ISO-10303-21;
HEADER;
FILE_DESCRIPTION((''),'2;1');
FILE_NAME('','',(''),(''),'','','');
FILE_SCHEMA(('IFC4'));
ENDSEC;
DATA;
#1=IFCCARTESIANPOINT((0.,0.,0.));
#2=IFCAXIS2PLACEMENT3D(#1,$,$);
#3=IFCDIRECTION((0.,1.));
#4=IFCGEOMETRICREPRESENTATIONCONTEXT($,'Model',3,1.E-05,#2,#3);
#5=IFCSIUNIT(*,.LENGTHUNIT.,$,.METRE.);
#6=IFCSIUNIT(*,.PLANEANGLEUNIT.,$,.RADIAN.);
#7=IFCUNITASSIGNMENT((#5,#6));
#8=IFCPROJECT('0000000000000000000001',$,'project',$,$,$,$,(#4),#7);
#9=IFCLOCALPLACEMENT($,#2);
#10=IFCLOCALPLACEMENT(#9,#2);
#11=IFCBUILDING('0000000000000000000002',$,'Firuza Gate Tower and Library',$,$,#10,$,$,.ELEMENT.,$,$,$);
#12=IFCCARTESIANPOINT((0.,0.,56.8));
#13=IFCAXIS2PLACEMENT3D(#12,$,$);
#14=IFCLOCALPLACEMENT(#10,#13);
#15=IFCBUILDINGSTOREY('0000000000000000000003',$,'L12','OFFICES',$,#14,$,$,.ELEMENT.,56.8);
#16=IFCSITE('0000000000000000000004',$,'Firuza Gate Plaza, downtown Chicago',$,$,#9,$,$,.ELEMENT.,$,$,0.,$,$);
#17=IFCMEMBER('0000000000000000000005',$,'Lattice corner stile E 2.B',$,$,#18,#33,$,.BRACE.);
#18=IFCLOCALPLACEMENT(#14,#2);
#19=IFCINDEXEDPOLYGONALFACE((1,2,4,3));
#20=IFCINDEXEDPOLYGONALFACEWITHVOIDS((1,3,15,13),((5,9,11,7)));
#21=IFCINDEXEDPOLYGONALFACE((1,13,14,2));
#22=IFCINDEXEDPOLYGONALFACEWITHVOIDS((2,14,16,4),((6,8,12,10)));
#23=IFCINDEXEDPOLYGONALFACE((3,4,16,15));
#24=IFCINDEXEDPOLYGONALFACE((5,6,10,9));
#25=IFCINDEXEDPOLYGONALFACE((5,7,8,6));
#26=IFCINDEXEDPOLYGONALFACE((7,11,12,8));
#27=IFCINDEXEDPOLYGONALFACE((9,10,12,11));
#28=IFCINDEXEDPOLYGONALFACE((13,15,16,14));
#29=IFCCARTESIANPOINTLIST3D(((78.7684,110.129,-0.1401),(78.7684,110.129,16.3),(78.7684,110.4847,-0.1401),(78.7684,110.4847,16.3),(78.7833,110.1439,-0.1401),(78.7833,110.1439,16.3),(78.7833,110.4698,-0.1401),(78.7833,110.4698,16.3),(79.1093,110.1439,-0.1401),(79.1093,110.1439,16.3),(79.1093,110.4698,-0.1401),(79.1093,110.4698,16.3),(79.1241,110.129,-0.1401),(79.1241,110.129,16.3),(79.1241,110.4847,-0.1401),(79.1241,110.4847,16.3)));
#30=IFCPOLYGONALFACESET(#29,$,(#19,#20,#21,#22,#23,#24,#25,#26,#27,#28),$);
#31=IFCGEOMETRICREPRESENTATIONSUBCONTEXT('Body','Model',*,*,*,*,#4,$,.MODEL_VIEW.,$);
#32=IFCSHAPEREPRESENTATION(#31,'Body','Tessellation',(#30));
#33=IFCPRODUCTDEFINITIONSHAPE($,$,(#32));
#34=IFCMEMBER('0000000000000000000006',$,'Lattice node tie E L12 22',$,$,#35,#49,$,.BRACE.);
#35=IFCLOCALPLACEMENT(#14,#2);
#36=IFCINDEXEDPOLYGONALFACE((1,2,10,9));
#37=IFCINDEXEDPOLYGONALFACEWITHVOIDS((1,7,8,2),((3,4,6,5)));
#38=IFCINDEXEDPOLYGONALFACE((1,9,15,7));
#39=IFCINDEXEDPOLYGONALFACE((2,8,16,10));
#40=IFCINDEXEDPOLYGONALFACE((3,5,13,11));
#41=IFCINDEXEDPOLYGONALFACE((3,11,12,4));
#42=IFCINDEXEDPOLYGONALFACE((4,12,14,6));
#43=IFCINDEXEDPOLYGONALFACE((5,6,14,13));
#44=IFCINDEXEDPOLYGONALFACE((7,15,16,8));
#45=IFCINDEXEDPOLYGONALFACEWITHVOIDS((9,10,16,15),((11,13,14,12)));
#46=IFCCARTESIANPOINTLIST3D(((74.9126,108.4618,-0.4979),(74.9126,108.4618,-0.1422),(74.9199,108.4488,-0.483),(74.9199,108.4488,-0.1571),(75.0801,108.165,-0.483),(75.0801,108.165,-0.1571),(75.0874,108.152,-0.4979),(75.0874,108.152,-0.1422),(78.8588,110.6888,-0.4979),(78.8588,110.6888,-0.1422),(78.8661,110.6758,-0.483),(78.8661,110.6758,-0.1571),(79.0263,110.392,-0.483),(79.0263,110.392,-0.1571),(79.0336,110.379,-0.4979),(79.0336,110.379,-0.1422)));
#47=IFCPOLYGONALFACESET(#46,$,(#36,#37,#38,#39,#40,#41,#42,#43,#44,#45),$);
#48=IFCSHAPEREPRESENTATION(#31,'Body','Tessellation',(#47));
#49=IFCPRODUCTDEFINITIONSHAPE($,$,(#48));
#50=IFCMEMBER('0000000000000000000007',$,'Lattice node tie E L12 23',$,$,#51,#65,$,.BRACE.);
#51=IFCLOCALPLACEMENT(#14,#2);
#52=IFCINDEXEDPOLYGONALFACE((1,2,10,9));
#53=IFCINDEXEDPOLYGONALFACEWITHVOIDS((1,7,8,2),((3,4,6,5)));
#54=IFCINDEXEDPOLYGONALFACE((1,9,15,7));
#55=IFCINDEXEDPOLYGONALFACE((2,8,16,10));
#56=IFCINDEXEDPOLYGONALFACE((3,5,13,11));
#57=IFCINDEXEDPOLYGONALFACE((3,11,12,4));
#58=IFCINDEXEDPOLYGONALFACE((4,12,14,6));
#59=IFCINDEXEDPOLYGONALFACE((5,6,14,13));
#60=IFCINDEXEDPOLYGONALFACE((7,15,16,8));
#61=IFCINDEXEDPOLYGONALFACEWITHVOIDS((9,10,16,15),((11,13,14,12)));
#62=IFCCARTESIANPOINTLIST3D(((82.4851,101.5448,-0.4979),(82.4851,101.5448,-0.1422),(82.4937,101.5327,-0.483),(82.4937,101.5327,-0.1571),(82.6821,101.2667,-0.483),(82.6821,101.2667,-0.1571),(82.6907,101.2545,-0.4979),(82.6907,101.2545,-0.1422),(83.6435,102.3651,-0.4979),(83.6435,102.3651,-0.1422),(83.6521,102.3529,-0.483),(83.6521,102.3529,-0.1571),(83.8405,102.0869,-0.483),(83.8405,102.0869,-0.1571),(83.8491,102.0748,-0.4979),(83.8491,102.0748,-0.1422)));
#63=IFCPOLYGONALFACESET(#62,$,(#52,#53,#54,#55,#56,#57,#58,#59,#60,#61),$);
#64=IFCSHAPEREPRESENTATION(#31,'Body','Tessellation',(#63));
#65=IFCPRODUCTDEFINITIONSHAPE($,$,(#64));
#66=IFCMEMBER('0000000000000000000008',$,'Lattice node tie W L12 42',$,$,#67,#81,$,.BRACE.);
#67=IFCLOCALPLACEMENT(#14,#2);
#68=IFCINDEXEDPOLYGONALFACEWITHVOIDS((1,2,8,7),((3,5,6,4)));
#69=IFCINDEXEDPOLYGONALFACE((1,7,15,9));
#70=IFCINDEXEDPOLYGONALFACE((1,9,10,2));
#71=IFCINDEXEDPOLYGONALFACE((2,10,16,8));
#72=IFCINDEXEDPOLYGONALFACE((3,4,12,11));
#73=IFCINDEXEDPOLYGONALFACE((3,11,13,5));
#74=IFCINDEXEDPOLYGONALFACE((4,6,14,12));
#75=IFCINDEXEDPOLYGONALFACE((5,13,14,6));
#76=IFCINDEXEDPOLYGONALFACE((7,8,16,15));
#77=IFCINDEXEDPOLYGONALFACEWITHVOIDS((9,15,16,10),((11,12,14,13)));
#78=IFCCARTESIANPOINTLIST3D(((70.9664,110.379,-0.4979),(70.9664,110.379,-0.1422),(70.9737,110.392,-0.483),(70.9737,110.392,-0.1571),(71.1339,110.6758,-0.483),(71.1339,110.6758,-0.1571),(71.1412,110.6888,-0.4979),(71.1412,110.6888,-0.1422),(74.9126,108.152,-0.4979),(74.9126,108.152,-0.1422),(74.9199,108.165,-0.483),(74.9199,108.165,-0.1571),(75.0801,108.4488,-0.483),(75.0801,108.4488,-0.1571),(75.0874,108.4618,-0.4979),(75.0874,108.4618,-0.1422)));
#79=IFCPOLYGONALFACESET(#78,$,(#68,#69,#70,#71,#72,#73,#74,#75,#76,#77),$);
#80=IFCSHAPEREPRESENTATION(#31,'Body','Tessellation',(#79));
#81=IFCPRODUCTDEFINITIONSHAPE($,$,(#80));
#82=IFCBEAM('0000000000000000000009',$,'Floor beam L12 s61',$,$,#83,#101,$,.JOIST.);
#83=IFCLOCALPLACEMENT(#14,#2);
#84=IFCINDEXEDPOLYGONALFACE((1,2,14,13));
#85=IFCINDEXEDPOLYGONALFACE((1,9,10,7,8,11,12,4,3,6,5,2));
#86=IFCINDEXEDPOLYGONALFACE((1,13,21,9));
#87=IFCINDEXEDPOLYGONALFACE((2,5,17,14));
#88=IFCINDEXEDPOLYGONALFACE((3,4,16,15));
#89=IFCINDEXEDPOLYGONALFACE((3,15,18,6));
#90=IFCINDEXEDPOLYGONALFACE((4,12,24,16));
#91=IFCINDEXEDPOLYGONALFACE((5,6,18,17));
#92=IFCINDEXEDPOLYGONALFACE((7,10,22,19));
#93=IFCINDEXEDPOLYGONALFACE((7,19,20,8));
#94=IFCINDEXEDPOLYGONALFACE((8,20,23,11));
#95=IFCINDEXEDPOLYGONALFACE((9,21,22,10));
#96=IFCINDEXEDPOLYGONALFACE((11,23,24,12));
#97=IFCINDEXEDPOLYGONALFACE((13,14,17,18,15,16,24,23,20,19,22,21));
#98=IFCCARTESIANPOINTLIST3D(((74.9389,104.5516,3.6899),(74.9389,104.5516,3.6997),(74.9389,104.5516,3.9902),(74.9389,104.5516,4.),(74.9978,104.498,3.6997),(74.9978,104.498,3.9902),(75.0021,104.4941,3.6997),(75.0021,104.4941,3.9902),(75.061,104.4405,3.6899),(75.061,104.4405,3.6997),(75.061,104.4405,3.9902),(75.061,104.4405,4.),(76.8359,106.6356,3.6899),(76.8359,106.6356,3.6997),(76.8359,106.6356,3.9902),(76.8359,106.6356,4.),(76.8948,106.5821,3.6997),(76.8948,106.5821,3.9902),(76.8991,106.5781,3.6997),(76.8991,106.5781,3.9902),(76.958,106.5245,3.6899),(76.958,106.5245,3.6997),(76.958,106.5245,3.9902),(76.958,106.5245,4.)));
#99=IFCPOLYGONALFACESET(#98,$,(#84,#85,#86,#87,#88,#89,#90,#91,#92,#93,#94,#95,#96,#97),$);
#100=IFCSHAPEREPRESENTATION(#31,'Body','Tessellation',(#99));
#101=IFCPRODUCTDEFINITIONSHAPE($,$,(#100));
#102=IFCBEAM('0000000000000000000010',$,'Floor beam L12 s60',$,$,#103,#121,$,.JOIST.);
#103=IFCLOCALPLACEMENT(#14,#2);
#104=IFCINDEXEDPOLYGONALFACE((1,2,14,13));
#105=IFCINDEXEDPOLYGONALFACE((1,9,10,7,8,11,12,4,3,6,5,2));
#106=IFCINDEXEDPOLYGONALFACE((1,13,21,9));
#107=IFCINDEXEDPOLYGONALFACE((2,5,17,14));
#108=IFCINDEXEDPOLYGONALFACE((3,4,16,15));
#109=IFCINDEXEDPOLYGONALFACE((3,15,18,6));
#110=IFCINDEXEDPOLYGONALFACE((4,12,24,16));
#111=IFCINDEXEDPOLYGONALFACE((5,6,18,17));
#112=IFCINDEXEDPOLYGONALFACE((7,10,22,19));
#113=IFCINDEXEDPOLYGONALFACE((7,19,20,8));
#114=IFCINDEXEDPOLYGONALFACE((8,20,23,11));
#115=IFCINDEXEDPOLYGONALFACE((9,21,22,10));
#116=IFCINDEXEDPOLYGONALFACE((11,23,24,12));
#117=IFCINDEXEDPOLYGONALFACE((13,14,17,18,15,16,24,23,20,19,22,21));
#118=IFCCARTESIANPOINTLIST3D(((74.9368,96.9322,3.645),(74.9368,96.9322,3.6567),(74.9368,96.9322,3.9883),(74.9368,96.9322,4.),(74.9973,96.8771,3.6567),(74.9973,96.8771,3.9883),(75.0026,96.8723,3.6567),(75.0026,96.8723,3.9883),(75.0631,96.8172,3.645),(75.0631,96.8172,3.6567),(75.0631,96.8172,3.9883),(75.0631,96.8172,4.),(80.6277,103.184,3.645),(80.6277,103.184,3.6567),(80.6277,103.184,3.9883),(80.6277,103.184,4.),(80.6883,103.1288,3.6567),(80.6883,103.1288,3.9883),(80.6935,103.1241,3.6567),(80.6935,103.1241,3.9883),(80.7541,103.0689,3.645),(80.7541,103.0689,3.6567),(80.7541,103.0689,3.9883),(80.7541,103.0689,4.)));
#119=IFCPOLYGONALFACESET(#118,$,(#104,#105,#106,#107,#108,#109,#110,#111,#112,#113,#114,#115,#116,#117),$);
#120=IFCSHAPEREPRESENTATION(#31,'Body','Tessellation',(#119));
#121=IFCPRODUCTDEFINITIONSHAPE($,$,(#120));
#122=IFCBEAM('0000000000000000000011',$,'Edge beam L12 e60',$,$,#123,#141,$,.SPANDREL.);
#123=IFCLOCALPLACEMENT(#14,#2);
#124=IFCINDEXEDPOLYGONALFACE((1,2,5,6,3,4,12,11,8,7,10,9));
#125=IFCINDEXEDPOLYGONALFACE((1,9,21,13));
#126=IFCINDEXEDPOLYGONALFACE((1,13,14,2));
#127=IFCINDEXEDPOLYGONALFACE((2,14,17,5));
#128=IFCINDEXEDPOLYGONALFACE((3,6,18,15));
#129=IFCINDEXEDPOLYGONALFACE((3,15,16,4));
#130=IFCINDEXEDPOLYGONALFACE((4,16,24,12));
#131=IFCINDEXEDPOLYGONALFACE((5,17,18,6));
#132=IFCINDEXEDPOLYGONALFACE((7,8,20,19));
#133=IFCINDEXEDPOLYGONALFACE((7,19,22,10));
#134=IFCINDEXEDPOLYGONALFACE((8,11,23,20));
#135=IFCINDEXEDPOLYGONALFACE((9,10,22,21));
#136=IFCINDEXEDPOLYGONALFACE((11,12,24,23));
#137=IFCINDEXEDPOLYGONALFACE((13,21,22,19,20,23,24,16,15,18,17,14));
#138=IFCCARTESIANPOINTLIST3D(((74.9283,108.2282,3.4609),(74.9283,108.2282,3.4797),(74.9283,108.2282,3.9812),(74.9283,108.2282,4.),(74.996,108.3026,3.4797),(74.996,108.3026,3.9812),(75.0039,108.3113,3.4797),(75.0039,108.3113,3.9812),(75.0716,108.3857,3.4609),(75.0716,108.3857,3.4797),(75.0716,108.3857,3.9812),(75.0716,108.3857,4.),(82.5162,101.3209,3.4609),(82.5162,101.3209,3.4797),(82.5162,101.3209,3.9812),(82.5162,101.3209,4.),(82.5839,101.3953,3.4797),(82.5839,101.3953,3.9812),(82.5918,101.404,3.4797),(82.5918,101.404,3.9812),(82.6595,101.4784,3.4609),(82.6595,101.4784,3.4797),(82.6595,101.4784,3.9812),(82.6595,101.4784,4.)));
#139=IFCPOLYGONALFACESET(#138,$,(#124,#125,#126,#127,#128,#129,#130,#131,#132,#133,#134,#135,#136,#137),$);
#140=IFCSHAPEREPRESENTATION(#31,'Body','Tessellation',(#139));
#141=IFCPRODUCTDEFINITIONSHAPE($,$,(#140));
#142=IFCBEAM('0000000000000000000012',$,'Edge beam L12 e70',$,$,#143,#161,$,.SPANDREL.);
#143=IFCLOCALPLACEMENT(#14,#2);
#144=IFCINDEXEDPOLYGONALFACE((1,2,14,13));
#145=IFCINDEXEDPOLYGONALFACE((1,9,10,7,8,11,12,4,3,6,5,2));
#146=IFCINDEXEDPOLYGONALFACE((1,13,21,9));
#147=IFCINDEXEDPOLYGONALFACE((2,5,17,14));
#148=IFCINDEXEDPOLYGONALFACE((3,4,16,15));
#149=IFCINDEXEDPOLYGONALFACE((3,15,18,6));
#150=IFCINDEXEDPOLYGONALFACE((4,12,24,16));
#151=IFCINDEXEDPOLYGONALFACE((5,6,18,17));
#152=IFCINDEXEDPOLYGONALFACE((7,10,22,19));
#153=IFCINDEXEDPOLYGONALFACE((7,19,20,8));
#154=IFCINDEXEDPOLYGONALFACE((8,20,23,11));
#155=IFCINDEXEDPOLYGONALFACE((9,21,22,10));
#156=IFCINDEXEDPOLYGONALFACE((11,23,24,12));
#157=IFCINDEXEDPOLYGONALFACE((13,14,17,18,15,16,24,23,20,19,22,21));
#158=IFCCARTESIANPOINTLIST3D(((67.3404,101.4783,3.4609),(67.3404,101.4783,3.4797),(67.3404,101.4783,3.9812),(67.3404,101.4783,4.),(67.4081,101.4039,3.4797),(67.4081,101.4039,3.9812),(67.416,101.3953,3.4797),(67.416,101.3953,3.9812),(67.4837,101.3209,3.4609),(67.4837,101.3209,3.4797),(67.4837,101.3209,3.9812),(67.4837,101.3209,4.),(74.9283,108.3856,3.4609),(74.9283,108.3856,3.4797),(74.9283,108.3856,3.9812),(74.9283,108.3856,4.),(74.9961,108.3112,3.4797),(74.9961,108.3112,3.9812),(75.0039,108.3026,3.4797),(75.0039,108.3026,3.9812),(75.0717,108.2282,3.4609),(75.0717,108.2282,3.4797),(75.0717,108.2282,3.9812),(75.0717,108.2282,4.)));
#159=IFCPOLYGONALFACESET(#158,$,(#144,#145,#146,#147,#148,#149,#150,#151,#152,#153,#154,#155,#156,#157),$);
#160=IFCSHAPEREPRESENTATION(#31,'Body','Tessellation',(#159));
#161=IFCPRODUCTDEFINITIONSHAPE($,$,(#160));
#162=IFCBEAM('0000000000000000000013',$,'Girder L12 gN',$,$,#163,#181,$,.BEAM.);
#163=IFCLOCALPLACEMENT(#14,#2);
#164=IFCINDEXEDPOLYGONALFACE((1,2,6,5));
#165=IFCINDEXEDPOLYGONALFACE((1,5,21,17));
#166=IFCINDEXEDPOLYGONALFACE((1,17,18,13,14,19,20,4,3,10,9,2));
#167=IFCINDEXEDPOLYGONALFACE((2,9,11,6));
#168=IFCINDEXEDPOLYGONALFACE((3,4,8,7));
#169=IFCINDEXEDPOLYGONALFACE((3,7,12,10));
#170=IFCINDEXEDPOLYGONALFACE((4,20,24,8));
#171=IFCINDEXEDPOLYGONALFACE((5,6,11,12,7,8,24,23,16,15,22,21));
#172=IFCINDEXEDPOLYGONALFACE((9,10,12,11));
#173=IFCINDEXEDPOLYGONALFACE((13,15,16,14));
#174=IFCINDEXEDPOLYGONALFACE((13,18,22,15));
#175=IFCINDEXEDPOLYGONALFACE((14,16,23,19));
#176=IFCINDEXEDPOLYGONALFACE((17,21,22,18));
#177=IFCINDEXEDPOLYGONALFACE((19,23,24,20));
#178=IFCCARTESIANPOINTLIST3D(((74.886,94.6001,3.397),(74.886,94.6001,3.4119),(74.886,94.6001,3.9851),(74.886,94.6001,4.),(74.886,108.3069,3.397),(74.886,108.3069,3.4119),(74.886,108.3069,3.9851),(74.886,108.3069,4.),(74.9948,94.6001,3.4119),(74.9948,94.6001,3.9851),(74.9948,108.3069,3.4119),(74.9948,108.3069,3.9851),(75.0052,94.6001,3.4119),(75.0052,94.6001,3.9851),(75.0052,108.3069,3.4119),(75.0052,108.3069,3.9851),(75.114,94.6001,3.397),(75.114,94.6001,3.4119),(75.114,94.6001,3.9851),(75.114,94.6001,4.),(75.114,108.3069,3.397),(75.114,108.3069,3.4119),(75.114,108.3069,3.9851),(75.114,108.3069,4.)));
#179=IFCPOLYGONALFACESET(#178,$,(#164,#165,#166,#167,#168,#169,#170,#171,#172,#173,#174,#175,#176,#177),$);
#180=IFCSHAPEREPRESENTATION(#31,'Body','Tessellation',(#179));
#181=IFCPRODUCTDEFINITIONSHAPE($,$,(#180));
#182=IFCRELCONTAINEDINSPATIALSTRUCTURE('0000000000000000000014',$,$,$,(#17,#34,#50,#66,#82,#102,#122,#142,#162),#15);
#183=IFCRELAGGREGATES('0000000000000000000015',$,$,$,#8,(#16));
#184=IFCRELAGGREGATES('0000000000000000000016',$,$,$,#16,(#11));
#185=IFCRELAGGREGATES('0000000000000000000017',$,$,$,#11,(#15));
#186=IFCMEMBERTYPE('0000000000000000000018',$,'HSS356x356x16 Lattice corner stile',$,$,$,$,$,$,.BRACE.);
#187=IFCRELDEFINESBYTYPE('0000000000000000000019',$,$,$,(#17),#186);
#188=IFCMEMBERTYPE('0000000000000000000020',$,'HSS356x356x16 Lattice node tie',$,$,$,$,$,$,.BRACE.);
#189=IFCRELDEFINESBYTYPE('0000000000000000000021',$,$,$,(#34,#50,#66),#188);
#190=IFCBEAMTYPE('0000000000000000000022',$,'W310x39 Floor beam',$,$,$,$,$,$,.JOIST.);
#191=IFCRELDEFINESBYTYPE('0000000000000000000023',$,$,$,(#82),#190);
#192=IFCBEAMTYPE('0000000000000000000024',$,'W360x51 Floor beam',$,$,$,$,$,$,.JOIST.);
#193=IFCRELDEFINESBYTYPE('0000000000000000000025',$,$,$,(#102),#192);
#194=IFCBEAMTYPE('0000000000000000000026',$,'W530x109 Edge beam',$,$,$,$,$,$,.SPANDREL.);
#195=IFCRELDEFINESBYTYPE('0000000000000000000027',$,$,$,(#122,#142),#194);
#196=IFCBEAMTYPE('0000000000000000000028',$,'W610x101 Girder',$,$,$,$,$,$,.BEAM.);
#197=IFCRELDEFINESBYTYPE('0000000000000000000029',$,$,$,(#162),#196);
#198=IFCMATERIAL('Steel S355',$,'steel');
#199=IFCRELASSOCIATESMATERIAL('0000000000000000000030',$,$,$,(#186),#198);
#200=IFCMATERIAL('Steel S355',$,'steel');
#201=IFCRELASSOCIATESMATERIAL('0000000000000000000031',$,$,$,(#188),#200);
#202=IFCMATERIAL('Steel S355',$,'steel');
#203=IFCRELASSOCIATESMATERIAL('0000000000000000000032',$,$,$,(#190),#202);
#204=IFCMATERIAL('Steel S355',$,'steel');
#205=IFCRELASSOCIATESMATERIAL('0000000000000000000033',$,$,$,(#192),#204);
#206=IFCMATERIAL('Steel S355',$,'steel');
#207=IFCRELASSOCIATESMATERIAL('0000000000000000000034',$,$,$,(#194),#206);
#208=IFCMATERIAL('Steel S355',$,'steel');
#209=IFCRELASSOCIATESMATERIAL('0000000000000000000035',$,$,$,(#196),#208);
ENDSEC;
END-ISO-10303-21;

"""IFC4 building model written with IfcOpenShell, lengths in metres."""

from ifc_helpers import new_model, si_unit, direction, frame, origin, origin_2d, place, context, subcontext, project, spatial, hollow_rectangle, i_section, extrude, material, material_profile, profile_set, type_object, element, save


model = new_model("IFC4")

# Units and contexts
model_context = context("Model", 3, precision=1e-05, world=origin(), true_north=direction((0.0, 1.0)))
body_context = subcontext(model_context, "Body", "Model", "MODEL_VIEW")
ifc_project = project(units=[si_unit("LENGTHUNIT", "METRE"), si_unit("PLANEANGLEUNIT", "RADIAN")], contexts=[model_context])

# Site, building, storey
site_placement = place(None, origin())
site = spatial("IfcSite", under=ifc_project, at=site_placement, Name="Firuza Gate Plaza, downtown Chicago", CompositionType="ELEMENT", RefElevation=0.0)
building_placement = place(site_placement, origin())
building = spatial("IfcBuilding", under=site, at=building_placement, Name="Firuza Gate Tower and Library", CompositionType="ELEMENT")
storey_placement = place(building_placement, frame((0.0, 0.0, 56.8)))
storey = spatial("IfcBuildingStorey", under=building, at=storey_placement, Name="L12", Description="OFFICES", CompositionType="ELEMENT", Elevation=56.8)

# Members
ifc_material_1 = material(Name="Steel S355", Category="steel")
ifc_material_profile_1 = material_profile(ifc_material_1, hollow_rectangle(XDim=0.3557, YDim=0.3557, WallThickness=0.0149, at=origin_2d()))
ifc_profile_set_1 = profile_set([ifc_material_profile_1], Name="Steel S355")
member_type_1 = type_object("IfcMemberType", Name="HSS356x356x16 Lattice corner stile", PredefinedType="BRACE", material=ifc_profile_set_1)
member_1_placement = place(storey_placement, frame((78.9463, 110.3069, -0.1401), z_axis=(0.0, 0.0, 1.0), x_axis=(1.0, 0.0, 0.0)))
element("IfcMember", 1, at=member_1_placement, inside=storey, type_object=member_type_1, Name="Lattice corner stile E 2.B", PredefinedType="BRACE", context=body_context, shape_type="SweptSolid", body=[
    extrude(hollow_rectangle(XDim=0.3557, YDim=0.3557, WallThickness=0.0149, at=origin_2d()), origin(), (0.0, 0.0, 1.0), 16.4402),
])
ifc_material_2 = material(Name="Steel S355", Category="steel")
ifc_material_profile_2 = material_profile(ifc_material_2, hollow_rectangle(XDim=0.3557, YDim=0.3557, WallThickness=0.0149, at=origin_2d()))
ifc_profile_set_2 = profile_set([ifc_material_profile_2], Name="Steel S355")
member_type_2 = type_object("IfcMemberType", Name="HSS356x356x16 Lattice node tie", PredefinedType="BRACE", material=ifc_profile_set_2)
member_2_placement = place(storey_placement, frame((75.0, 108.3069, -0.3201), z_axis=(0.87089, 0.491478, 0.0), x_axis=(-0.491478, 0.87089, 0.0)))
element("IfcMember", 2, at=member_2_placement, inside=storey, type_object=member_type_2, Name="Lattice node tie E L12 22", PredefinedType="BRACE", context=body_context, shape_type="SweptSolid", body=[
    extrude(hollow_rectangle(XDim=0.3557, YDim=0.3557, WallThickness=0.0149, at=origin_2d()), origin(), (0.0, 0.0, 1.0), 4.5312),
])
member_3_placement = place(storey_placement, frame((82.5879, 101.3997, -0.3201), z_axis=(0.816109, 0.577898, 0.0), x_axis=(-0.577898, 0.816109, 0.0)))
element("IfcMember", 3, at=member_3_placement, inside=storey, type_object=member_type_2, Name="Lattice node tie E L12 23", PredefinedType="BRACE", context=body_context, shape_type="SweptSolid", body=[
    extrude(hollow_rectangle(XDim=0.3557, YDim=0.3557, WallThickness=0.0149, at=origin_2d()), origin(), (0.0, 0.0, 1.0), 1.4194),
])
member_4_placement = place(storey_placement, frame((75.0, 108.3069, -0.3201), z_axis=(-0.87089, 0.491478, 0.0), x_axis=(-0.491478, -0.87089, 0.0)))
element("IfcMember", 4, at=member_4_placement, inside=storey, type_object=member_type_2, Name="Lattice node tie W L12 42", PredefinedType="BRACE", context=body_context, shape_type="SweptSolid", body=[
    extrude(hollow_rectangle(XDim=0.3557, YDim=0.3557, WallThickness=0.0149, at=origin_2d()), origin(), (0.0, 0.0, 1.0), 4.5312),
])

# Beams
ifc_material_3 = material(Name="Steel S355", Category="steel")
ifc_material_profile_3 = material_profile(ifc_material_3, i_section(OverallWidth=0.165, OverallDepth=0.3101, WebThickness=0.0059, FlangeThickness=0.0098, at=origin_2d()))
ifc_profile_set_3 = profile_set([ifc_material_profile_3], Name="Steel S355")
beam_type_1 = type_object("IfcBeamType", Name="W310x39 Floor beam", PredefinedType="JOIST", material=ifc_profile_set_3)
beam_1_placement = place(storey_placement, frame((76.897, 106.5801, 3.845), z_axis=(-0.673147, -0.739509, 0.0), x_axis=(0.739509, -0.673147, 0.0)))
element("IfcBeam", 5, at=beam_1_placement, inside=storey, type_object=beam_type_1, Name="Floor beam L12 s61", PredefinedType="JOIST", context=body_context, shape_type="SweptSolid", body=[
    extrude(i_section(OverallWidth=0.165, OverallDepth=0.3101, WebThickness=0.0059, FlangeThickness=0.0098, at=origin_2d()), origin(), (0.0, 0.0, 1.0), 2.8181),
])
ifc_material_4 = material(Name="Steel S355", Category="steel")
ifc_material_profile_4 = material_profile(ifc_material_4, i_section(OverallWidth=0.1709, OverallDepth=0.355, WebThickness=0.0071, FlangeThickness=0.0117, at=origin_2d()))
ifc_profile_set_4 = profile_set([ifc_material_profile_4], Name="Steel S355")
beam_type_2 = type_object("IfcBeamType", Name="W360x51 Floor beam", PredefinedType="JOIST", material=ifc_profile_set_4)
beam_2_placement = place(storey_placement, frame((80.6909, 103.1265, 3.8225), z_axis=(-0.673161, -0.739496, 0.0), x_axis=(0.739496, -0.673161, 0.0)))
element("IfcBeam", 6, at=beam_2_placement, inside=storey, type_object=beam_type_2, Name="Floor beam L12 s60", PredefinedType="JOIST", context=body_context, shape_type="SweptSolid", body=[
    extrude(i_section(OverallWidth=0.1709, OverallDepth=0.355, WebThickness=0.0071, FlangeThickness=0.0117, at=origin_2d()), origin(), (0.0, 0.0, 1.0), 8.4541),
])
ifc_material_5 = material(Name="Steel S355", Category="steel")
ifc_material_profile_5 = material_profile(ifc_material_5, i_section(OverallWidth=0.2129, OverallDepth=0.5391, WebThickness=0.0117, FlangeThickness=0.0188, at=origin_2d()))
ifc_profile_set_5 = profile_set([ifc_material_profile_5], Name="Steel S355")
beam_type_3 = type_object("IfcBeamType", Name="W530x109 Edge beam", PredefinedType="SPANDREL", material=ifc_profile_set_5)
for number, where, z_axis, x_axis, name in (
    (7, (82.5879, 101.3997, 3.7305), (-0.739496, 0.673161, 0.0), (-0.673161, -0.739496, 0.0), "Edge beam L12 e60"),
    (8, (75.0, 108.3069, 3.7305), (-0.739496, -0.673161, 0.0), (0.673161, -0.739496, 0.0), "Edge beam L12 e70"),
):
    element("IfcBeam", number, at=place(storey_placement, frame(where, z_axis=z_axis, x_axis=x_axis)), inside=storey, type_object=beam_type_3, Name=name, PredefinedType="SPANDREL", context=body_context, shape_type="SweptSolid", body=[
        extrude(i_section(OverallWidth=0.2129, OverallDepth=0.5391, WebThickness=0.0117, FlangeThickness=0.0188, at=origin_2d()), origin(), (0.0, 0.0, 1.0), 10.261),
    ])
ifc_material_6 = material(Name="Steel S355", Category="steel")
ifc_material_profile_6 = material_profile(ifc_material_6, i_section(OverallWidth=0.228, OverallDepth=0.603, WebThickness=0.0105, FlangeThickness=0.0149, at=origin_2d()))
ifc_profile_set_6 = profile_set([ifc_material_profile_6], Name="Steel S355")
beam_type_4 = type_object("IfcBeamType", Name="W610x101 Girder", PredefinedType="BEAM", material=ifc_profile_set_6)
beam_3_placement = place(storey_placement, frame((75.0, 108.3069, 3.6985), z_axis=(0.0, -1.0, 0.0), x_axis=(1.0, 0.0, 0.0)))
element("IfcBeam", 9, at=beam_3_placement, inside=storey, type_object=beam_type_4, Name="Girder L12 gN", PredefinedType="BEAM", context=body_context, shape_type="SweptSolid", body=[
    extrude(i_section(OverallWidth=0.228, OverallDepth=0.603, WebThickness=0.0105, FlangeThickness=0.0149, at=origin_2d()), origin(), (0.0, 0.0, 1.0), 13.7068),
])

save(model, "model.ifc")
